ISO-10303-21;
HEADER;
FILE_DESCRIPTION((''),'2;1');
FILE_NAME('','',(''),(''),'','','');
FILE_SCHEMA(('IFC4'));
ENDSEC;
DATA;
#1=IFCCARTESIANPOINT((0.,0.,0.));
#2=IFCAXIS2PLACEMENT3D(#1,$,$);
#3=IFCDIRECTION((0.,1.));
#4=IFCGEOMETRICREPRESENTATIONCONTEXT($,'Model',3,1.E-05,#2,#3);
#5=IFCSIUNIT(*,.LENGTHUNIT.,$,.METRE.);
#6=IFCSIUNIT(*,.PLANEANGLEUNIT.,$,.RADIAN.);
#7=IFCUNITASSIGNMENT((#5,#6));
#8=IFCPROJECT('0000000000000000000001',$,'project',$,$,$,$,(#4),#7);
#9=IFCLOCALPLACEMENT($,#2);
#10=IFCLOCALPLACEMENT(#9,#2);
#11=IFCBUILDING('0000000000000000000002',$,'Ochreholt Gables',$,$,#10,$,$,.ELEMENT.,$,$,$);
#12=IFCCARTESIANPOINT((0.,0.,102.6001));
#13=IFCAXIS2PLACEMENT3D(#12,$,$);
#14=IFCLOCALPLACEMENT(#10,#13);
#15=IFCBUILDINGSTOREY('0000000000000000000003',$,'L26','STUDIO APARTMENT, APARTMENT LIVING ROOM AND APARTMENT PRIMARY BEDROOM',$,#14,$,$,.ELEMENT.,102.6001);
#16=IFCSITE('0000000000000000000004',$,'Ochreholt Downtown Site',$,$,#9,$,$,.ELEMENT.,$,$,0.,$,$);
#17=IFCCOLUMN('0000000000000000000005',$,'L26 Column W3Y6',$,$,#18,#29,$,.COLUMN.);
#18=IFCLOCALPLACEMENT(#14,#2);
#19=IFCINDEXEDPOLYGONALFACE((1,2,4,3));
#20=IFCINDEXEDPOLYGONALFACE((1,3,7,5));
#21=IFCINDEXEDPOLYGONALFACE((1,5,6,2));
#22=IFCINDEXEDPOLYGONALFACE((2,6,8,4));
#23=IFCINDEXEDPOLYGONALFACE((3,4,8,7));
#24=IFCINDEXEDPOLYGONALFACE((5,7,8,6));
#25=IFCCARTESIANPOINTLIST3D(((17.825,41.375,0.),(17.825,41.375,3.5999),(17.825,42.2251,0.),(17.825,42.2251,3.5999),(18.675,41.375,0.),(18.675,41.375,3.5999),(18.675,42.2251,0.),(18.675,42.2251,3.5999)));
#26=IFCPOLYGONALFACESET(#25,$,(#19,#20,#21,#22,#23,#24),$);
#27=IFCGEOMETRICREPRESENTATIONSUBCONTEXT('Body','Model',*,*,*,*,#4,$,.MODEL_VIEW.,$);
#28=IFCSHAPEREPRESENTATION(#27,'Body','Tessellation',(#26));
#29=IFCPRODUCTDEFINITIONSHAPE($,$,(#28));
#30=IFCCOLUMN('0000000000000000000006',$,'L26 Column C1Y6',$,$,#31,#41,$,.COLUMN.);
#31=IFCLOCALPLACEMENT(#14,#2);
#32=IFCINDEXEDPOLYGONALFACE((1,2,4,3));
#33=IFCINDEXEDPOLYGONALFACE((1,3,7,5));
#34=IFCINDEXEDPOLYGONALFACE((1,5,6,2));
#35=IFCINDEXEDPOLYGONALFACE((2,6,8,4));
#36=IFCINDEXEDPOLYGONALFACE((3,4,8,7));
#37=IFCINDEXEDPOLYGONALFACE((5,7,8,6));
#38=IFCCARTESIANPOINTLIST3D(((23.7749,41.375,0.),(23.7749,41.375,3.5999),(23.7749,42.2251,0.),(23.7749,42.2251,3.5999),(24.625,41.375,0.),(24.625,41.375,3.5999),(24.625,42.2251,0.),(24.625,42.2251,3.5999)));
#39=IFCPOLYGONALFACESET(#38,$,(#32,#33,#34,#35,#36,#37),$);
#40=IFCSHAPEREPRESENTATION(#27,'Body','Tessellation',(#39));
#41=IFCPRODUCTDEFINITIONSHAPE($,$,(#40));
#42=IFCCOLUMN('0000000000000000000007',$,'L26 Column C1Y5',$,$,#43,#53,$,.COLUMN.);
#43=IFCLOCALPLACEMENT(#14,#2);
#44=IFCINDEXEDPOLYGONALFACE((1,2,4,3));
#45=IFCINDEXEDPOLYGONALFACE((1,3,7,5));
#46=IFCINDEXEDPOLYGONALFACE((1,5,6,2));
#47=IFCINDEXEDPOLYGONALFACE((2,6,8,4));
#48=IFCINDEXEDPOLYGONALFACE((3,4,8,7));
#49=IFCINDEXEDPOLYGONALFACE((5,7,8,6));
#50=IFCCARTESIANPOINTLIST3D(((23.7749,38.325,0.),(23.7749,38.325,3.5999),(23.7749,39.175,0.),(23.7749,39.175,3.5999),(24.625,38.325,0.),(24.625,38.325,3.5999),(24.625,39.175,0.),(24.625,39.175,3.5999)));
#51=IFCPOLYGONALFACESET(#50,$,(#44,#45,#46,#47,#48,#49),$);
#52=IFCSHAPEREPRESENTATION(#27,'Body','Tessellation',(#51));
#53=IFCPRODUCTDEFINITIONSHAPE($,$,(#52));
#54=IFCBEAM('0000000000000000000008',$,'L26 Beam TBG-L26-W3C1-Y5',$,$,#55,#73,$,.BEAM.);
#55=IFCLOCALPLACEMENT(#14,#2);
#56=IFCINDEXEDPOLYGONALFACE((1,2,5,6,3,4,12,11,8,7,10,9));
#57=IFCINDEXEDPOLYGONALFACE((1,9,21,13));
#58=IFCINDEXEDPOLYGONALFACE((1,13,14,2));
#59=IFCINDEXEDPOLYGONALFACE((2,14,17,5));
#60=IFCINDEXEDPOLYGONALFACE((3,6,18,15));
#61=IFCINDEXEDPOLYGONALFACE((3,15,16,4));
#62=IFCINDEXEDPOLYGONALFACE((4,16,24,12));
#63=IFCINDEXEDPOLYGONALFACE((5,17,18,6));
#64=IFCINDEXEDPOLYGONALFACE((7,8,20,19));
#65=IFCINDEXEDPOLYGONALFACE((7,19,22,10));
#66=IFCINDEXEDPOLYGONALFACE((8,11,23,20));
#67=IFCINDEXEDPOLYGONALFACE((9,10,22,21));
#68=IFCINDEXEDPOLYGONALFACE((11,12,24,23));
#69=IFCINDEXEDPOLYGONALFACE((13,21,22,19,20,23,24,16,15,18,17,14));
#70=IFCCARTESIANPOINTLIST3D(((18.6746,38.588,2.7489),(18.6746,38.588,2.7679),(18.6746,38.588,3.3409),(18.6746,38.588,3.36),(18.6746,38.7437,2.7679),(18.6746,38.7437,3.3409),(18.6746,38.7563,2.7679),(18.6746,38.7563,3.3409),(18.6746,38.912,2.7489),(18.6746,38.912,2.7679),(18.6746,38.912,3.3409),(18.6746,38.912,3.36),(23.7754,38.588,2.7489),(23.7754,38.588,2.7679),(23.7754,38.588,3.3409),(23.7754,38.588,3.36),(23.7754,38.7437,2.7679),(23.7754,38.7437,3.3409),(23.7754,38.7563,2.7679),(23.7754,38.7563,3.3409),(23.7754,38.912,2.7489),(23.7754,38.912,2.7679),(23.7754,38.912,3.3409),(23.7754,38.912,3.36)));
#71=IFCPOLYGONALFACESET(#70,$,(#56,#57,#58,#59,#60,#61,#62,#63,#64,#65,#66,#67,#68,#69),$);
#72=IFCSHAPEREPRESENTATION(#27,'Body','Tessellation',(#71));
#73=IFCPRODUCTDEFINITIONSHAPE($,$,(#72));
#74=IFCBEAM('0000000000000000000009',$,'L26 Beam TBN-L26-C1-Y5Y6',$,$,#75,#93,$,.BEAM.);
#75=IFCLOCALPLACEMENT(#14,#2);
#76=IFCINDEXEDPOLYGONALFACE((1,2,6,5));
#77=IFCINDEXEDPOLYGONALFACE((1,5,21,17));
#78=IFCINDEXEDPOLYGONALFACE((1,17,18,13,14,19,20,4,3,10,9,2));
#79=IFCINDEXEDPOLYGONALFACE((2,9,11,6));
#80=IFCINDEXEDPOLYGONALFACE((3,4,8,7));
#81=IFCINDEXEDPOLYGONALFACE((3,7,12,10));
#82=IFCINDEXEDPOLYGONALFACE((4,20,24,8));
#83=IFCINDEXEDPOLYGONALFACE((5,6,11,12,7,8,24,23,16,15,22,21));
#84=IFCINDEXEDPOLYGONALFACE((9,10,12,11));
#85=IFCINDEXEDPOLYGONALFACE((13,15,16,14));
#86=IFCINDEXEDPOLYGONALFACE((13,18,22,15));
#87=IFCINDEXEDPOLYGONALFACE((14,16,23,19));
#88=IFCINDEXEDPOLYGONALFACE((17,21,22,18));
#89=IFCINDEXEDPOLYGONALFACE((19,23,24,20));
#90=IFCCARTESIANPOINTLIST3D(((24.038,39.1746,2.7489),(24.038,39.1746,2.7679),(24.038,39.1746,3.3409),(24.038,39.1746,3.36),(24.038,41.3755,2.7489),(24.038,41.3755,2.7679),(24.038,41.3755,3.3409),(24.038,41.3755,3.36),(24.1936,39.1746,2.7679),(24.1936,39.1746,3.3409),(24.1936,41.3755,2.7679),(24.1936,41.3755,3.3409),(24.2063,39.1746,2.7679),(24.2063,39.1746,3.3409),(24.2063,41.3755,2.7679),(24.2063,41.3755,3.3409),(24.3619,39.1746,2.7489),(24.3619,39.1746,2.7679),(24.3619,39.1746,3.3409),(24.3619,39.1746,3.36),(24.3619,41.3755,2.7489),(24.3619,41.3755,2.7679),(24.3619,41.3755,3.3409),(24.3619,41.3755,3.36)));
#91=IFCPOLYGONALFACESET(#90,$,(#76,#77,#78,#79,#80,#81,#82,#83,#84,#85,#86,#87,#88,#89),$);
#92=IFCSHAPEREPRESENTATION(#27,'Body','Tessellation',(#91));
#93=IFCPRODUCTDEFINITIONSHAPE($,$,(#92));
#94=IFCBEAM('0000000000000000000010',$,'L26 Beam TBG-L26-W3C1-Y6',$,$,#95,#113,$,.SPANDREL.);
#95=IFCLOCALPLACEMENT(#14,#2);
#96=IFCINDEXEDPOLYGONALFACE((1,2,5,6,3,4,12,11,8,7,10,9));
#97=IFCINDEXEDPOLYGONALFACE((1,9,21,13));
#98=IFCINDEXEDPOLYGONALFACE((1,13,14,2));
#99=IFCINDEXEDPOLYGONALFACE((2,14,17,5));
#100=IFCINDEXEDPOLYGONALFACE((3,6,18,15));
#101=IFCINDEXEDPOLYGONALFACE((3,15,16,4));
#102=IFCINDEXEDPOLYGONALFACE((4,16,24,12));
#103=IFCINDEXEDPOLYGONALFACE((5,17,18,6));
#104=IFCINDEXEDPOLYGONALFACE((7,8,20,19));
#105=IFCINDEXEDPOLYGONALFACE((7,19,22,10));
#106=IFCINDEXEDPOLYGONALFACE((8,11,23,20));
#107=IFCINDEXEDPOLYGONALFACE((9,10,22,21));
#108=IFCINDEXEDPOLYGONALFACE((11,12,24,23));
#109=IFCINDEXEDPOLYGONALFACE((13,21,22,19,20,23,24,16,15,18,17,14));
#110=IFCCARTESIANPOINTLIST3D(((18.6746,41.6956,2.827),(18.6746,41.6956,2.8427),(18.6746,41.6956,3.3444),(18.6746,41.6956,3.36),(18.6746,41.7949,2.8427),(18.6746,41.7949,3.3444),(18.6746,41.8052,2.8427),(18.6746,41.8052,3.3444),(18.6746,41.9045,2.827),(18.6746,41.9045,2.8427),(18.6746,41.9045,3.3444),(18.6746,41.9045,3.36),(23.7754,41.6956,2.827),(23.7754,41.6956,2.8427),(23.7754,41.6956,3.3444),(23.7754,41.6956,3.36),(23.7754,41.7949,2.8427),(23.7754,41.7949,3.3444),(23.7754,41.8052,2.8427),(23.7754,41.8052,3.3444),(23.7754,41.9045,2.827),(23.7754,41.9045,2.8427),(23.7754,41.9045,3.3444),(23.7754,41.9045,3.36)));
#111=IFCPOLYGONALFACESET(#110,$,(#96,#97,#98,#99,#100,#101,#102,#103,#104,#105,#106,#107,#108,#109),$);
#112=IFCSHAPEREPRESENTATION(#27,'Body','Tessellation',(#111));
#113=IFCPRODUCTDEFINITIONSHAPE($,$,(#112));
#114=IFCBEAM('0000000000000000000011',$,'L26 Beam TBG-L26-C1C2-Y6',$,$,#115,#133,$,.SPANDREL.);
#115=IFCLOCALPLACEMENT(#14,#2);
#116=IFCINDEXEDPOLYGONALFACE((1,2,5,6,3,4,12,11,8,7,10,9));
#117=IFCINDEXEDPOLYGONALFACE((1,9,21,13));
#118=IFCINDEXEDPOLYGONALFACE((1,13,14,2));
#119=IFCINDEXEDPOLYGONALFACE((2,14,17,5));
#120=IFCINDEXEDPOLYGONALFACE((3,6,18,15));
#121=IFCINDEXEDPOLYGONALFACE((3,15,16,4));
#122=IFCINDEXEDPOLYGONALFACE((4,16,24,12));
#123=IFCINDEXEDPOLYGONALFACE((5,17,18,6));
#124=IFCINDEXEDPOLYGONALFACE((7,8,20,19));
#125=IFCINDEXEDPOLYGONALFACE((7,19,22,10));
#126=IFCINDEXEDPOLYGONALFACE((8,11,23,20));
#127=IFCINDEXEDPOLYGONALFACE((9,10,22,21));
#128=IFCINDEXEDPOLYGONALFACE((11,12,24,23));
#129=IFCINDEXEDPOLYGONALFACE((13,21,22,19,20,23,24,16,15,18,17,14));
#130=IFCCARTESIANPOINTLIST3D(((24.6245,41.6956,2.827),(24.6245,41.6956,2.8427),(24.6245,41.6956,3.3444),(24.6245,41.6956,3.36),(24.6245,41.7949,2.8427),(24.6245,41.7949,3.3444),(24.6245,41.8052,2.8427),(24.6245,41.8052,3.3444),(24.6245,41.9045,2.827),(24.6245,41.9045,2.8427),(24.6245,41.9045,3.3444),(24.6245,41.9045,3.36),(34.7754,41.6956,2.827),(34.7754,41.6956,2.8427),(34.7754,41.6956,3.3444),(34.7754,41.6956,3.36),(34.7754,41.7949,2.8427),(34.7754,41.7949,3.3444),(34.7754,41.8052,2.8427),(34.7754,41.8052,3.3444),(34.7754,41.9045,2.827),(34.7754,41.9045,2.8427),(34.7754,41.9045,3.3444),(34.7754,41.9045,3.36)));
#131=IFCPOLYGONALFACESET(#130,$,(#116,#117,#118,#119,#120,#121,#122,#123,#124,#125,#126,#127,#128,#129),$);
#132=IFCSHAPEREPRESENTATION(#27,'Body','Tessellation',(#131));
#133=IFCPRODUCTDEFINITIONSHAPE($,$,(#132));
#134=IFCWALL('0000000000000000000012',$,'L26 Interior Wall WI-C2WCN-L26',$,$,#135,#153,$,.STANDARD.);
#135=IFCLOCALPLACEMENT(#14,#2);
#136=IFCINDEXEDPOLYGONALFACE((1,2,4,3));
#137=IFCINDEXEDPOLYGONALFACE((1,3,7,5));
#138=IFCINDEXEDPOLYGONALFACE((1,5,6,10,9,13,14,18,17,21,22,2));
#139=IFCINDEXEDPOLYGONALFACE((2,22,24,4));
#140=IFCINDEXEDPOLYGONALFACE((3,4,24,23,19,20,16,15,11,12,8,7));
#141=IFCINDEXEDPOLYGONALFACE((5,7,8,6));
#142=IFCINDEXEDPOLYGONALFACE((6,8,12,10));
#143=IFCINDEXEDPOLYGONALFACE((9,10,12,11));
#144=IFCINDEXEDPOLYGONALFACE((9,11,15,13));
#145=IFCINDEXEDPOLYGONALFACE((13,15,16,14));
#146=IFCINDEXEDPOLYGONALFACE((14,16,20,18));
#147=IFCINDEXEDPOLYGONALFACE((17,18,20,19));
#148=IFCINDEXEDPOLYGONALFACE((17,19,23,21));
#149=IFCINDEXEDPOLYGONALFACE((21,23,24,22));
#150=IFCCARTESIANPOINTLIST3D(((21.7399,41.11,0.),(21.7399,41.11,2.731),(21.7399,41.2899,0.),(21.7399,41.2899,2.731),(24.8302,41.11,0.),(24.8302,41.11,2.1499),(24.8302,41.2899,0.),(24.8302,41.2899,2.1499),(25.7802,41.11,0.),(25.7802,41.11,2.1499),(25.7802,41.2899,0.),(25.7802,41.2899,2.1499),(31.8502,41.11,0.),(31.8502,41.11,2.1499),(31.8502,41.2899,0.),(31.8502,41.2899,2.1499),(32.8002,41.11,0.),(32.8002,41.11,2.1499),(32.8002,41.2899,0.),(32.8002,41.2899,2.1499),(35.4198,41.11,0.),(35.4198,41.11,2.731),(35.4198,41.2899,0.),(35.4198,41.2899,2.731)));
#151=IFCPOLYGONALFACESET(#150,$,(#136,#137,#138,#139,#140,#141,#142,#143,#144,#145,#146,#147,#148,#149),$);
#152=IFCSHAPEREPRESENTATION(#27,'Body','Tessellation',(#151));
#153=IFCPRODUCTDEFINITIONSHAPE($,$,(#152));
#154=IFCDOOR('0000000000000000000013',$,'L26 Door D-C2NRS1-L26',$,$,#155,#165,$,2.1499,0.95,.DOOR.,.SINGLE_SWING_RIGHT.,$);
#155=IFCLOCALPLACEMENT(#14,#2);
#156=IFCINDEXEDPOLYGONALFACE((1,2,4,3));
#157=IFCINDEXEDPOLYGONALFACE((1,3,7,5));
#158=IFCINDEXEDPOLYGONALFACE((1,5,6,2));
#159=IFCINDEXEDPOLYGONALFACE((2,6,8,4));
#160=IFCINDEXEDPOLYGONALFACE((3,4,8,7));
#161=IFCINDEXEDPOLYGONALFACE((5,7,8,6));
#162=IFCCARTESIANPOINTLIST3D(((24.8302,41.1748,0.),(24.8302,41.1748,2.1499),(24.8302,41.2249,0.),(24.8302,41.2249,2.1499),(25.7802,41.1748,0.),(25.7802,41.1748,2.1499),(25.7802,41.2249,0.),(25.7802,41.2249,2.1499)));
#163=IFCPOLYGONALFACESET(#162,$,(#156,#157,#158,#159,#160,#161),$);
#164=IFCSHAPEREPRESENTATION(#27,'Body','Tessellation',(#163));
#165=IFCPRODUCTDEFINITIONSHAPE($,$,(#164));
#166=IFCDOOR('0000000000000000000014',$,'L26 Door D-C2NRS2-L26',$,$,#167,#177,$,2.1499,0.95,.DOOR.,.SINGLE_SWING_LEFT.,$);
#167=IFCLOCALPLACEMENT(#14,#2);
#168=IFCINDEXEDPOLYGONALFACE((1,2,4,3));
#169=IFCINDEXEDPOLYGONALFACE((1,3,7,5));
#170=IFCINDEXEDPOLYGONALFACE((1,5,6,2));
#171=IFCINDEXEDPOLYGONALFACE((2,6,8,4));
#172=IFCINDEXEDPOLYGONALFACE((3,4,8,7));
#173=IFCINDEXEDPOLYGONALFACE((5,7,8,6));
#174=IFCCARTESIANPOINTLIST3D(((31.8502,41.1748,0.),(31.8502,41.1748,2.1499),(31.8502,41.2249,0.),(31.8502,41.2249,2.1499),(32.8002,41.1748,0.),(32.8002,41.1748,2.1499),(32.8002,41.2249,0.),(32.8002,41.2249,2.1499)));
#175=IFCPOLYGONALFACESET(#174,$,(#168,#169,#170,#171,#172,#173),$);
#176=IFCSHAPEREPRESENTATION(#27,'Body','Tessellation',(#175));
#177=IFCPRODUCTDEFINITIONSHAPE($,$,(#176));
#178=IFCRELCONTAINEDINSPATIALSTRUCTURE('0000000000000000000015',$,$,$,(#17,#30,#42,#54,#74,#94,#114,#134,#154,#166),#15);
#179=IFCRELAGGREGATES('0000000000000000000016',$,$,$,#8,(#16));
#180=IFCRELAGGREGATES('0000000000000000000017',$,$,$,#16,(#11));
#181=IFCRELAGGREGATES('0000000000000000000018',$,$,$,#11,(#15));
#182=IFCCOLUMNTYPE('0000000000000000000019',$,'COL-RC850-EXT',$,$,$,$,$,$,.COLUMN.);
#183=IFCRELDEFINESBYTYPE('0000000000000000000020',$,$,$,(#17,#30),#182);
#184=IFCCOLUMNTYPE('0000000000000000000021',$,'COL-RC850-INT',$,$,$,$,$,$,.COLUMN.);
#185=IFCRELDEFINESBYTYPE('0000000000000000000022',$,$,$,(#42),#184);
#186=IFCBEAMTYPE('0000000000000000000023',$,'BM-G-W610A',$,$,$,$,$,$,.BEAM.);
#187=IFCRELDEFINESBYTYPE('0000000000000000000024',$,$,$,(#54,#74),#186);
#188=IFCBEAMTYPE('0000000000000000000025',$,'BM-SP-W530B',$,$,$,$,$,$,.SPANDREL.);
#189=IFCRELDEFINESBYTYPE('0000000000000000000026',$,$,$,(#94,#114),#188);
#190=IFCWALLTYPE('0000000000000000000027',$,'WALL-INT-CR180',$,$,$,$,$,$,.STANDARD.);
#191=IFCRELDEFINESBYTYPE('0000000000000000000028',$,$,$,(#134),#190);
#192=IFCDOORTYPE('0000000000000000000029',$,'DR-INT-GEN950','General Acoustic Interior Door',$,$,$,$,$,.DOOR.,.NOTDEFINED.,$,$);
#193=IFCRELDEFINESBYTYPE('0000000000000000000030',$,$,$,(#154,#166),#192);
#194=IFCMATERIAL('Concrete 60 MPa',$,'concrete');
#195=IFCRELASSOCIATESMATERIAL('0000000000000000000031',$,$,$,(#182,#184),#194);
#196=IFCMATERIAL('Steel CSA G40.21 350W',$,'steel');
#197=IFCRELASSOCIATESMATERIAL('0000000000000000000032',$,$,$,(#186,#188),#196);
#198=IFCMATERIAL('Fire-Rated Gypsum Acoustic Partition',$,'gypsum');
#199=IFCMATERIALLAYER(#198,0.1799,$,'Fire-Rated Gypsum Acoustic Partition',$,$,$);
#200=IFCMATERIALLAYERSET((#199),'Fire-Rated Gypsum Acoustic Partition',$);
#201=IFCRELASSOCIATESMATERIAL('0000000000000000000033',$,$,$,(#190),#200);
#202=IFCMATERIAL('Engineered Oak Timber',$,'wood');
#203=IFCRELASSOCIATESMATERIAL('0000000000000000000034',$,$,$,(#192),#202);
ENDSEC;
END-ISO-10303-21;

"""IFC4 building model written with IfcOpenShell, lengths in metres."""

from ifc_helpers import new_model, si_unit, direction, frame, frame_2d, origin, origin_2d, place, context, subcontext, project, spatial, rectangle, i_section, extrude, material, layer, layer_set, material_profile, profile_set, type_object, element, fill, save


model = new_model("IFC4")

# Units and contexts
model_context = context("Model", 3, precision=1e-05, world=origin(), true_north=direction((0.0, 1.0)))
body_context = subcontext(model_context, "Body", "Model", "MODEL_VIEW")
ifc_project = project(units=[si_unit("LENGTHUNIT", "METRE"), si_unit("PLANEANGLEUNIT", "RADIAN")], contexts=[model_context])

# Site, building, storey
site_placement = place(None, origin())
site = spatial("IfcSite", under=ifc_project, at=site_placement, Name="Ochreholt Downtown Site", CompositionType="ELEMENT", RefElevation=0.0)
building_placement = place(site_placement, origin())
building = spatial("IfcBuilding", under=site, at=building_placement, Name="Ochreholt Gables", CompositionType="ELEMENT")
storey_placement = place(building_placement, frame((0.0, 0.0, 102.6001)))
storey = spatial("IfcBuildingStorey", under=building, at=storey_placement, Name="L26", Description="STUDIO APARTMENT, APARTMENT LIVING ROOM AND APARTMENT PRIMARY BEDROOM", CompositionType="ELEMENT", Elevation=102.6001)

# Columns
ifc_material_1 = material(Name="Concrete 60 MPa", Category="concrete")
ifc_material_profile_1 = material_profile(ifc_material_1, rectangle(XDim=0.8501, YDim=0.8501, at=origin_2d()), Name="RC850X850")
ifc_profile_set_1 = profile_set([ifc_material_profile_1], Name="Concrete 60 MPa")
column_type_1 = type_object("IfcColumnType", Name="COL-RC850-EXT", PredefinedType="COLUMN", material=ifc_profile_set_1)
for number, where, z_axis, x_axis, name in (
    (1, (18.25, 41.8, 0.0), (0.0, 0.0, 1.0), (1.0, 0.0, 0.0), "L26 Column W3Y6"),
    (2, (24.2, 41.8, 0.0), (0.0, 0.0, 1.0), (1.0, 0.0, 0.0), "L26 Column C1Y6"),
):
    element("IfcColumn", number, at=place(storey_placement, frame(where, z_axis=z_axis, x_axis=x_axis)), inside=storey, type_object=column_type_1, Name=name, PredefinedType="COLUMN", context=body_context, shape_type="SweptSolid", body=[
        extrude(rectangle(XDim=0.8501, YDim=0.8501, at=origin_2d()), origin(), (0.0, 0.0, 1.0), 3.5999),
    ])
ifc_material_profile_2 = material_profile(ifc_material_1, rectangle(XDim=0.8501, YDim=0.8501, at=origin_2d()), Name="RC850X850")
ifc_profile_set_2 = profile_set([ifc_material_profile_2], Name="Concrete 60 MPa")
column_type_2 = type_object("IfcColumnType", Name="COL-RC850-INT", PredefinedType="COLUMN", material=ifc_profile_set_2)
column_placement = place(storey_placement, frame((24.2, 38.75, 0.0), z_axis=(0.0, 0.0, 1.0), x_axis=(1.0, 0.0, 0.0)))
element("IfcColumn", 3, at=column_placement, inside=storey, type_object=column_type_2, Name="L26 Column C1Y5", PredefinedType="COLUMN", context=body_context, shape_type="SweptSolid", body=[
    extrude(rectangle(XDim=0.8501, YDim=0.8501, at=origin_2d()), origin(), (0.0, 0.0, 1.0), 3.5999),
])

# Beams
ifc_material_2 = material(Name="Steel CSA G40.21 350W", Category="steel")
ifc_material_profile_3 = material_profile(ifc_material_2, i_section(OverallWidth=0.324, OverallDepth=0.6111, WebThickness=0.0127, FlangeThickness=0.019, at=origin_2d()), Name="W610X155")
ifc_profile_set_3 = profile_set([ifc_material_profile_3], Name="Steel CSA G40.21 350W")
beam_type_1 = type_object("IfcBeamType", Name="BM-G-W610A", PredefinedType="BEAM", material=ifc_profile_set_3)
beam_1_placement = place(storey_placement, frame((18.6746, 38.75, 3.0544), z_axis=(1.0, 0.0, 0.0), x_axis=(0.0, 1.0, 0.0)))
element("IfcBeam", 4, at=beam_1_placement, inside=storey, type_object=beam_type_1, Name="L26 Beam TBG-L26-W3C1-Y5", PredefinedType="BEAM", context=body_context, shape_type="SweptSolid", body=[
    extrude(i_section(OverallWidth=0.324, OverallDepth=0.6111, WebThickness=0.0127, FlangeThickness=0.019, at=origin_2d()), origin(), (0.0, 0.0, 1.0), 5.1008),
])
beam_2_placement = place(storey_placement, frame((24.2, 39.1746, 3.0544), z_axis=(0.0, 1.0, 0.0), x_axis=(-1.0, 0.0, 0.0)))
element("IfcBeam", 5, at=beam_2_placement, inside=storey, type_object=beam_type_1, Name="L26 Beam TBN-L26-C1-Y5Y6", PredefinedType="BEAM", context=body_context, shape_type="SweptSolid", body=[
    extrude(i_section(OverallWidth=0.324, OverallDepth=0.6111, WebThickness=0.0127, FlangeThickness=0.019, at=origin_2d()), origin(), (0.0, 0.0, 1.0), 2.2009),
])
ifc_material_profile_4 = material_profile(ifc_material_2, i_section(OverallWidth=0.209, OverallDepth=0.533, WebThickness=0.0103, FlangeThickness=0.0156, at=origin_2d()), Name="W530X92")
ifc_profile_set_4 = profile_set([ifc_material_profile_4], Name="Steel CSA G40.21 350W")
beam_type_2 = type_object("IfcBeamType", Name="BM-SP-W530B", PredefinedType="SPANDREL", material=ifc_profile_set_4)
beam_3_placement = place(storey_placement, frame((18.6746, 41.8, 3.0935), z_axis=(1.0, 0.0, 0.0), x_axis=(0.0, 1.0, 0.0)))
element("IfcBeam", 6, at=beam_3_placement, inside=storey, type_object=beam_type_2, Name="L26 Beam TBG-L26-W3C1-Y6", PredefinedType="SPANDREL", context=body_context, shape_type="SweptSolid", body=[
    extrude(i_section(OverallWidth=0.209, OverallDepth=0.533, WebThickness=0.0103, FlangeThickness=0.0156, at=origin_2d()), origin(), (0.0, 0.0, 1.0), 5.1008),
])
beam_4_placement = place(storey_placement, frame((24.6245, 41.8, 3.0935), z_axis=(1.0, 0.0, 0.0), x_axis=(0.0, 1.0, 0.0)))
element("IfcBeam", 7, at=beam_4_placement, inside=storey, type_object=beam_type_2, Name="L26 Beam TBG-L26-C1C2-Y6", PredefinedType="SPANDREL", context=body_context, shape_type="SweptSolid", body=[
    extrude(i_section(OverallWidth=0.209, OverallDepth=0.533, WebThickness=0.0103, FlangeThickness=0.0156, at=origin_2d()), origin(), (0.0, 0.0, 1.0), 10.1509),
])

# Wall, openings, doors
ifc_material_3 = material(Name="Fire-Rated Gypsum Acoustic Partition", Category="gypsum")
ifc_layer_1 = layer(ifc_material_3, 0.1799, Name="Fire-Rated Gypsum Acoustic Partition")
ifc_layer_set_1 = layer_set([ifc_layer_1], Name="Fire-Rated Gypsum Acoustic Partition")
wall_type_1 = type_object("IfcWallType", Name="WALL-INT-CR180", PredefinedType="STANDARD", material=ifc_layer_set_1)
wall_1_placement = place(storey_placement, frame((21.74, 41.2, 0.0), z_axis=(0.0, 0.0, 1.0), x_axis=(1.0, 0.0, 0.0)))
wall_1 = element("IfcWall", 8, at=wall_1_placement, inside=storey, type_object=wall_type_1, Name="L26 Interior Wall WI-C2WCN-L26", PredefinedType="STANDARD", context=body_context, shape_type="SweptSolid", body=[
    extrude(rectangle(XDim=13.6799, YDim=0.1799, at=frame_2d((6.8398, 0.0))), origin(), (0.0, 0.0, 1.0), 2.731),
])
opening_1_placement = place(wall_1_placement, frame((3.0901, 0.0, 0.0)))
opening_1 = element("IfcOpeningElement", 9, at=opening_1_placement, cuts=wall_1, PredefinedType="OPENING", context=body_context, shape_type="SweptSolid", body=[
    extrude(rectangle(XDim=0.95, YDim=2.1499, at=frame_2d((0.4751, 1.075))), frame((0.0, 0.0999, 0.0), z_axis=(0.0, -1.0, 0.0), x_axis=(1.0, 0.0, 0.0)), (0.0, 0.0, 1.0), 0.2),
])
opening_2_placement = place(wall_1_placement, frame((10.1101, 0.0, 0.0)))
opening_2 = element("IfcOpeningElement", 10, at=opening_2_placement, cuts=wall_1, PredefinedType="OPENING", context=body_context, shape_type="SweptSolid", body=[
    extrude(rectangle(XDim=0.95, YDim=2.1499, at=frame_2d((0.4751, 1.075))), frame((0.0, 0.0999, 0.0), z_axis=(0.0, -1.0, 0.0), x_axis=(1.0, 0.0, 0.0)), (0.0, 0.0, 1.0), 0.2),
])
ifc_material_4 = material(Name="Engineered Oak Timber", Category="wood")
door_type_1 = type_object("IfcDoorType", Name="DR-INT-GEN950", Description="General Acoustic Interior Door", OperationType="NOTDEFINED", PredefinedType="DOOR", material=ifc_material_4)
door_1_placement = place(opening_1_placement, origin())
door_1 = element("IfcDoor", 11, at=door_1_placement, inside=storey, type_object=door_type_1, Name="L26 Door D-C2NRS1-L26", OperationType="SINGLE_SWING_RIGHT", OverallHeight=2.1499, OverallWidth=0.95, PredefinedType="DOOR", context=body_context, shape_type="SweptSolid", body=[
    extrude(rectangle(XDim=0.95, YDim=2.1499, at=frame_2d((0.4751, 1.075))), frame((0.0, 0.0249, 0.0), z_axis=(0.0, -1.0, 0.0), x_axis=(1.0, 0.0, 0.0)), (0.0, 0.0, 1.0), 0.05),
])
fill(opening_1, door_1)
door_2_placement = place(opening_2_placement, origin())
door_2 = element("IfcDoor", 12, at=door_2_placement, inside=storey, type_object=door_type_1, Name="L26 Door D-C2NRS2-L26", OperationType="SINGLE_SWING_LEFT", OverallHeight=2.1499, OverallWidth=0.95, PredefinedType="DOOR", context=body_context, shape_type="SweptSolid", body=[
    extrude(rectangle(XDim=0.95, YDim=2.1499, at=frame_2d((0.4751, 1.075))), frame((0.0, 0.0249, 0.0), z_axis=(0.0, -1.0, 0.0), x_axis=(1.0, 0.0, 0.0)), (0.0, 0.0, 1.0), 0.05),
])
fill(opening_2, door_2)

save(model, "model.ifc")
